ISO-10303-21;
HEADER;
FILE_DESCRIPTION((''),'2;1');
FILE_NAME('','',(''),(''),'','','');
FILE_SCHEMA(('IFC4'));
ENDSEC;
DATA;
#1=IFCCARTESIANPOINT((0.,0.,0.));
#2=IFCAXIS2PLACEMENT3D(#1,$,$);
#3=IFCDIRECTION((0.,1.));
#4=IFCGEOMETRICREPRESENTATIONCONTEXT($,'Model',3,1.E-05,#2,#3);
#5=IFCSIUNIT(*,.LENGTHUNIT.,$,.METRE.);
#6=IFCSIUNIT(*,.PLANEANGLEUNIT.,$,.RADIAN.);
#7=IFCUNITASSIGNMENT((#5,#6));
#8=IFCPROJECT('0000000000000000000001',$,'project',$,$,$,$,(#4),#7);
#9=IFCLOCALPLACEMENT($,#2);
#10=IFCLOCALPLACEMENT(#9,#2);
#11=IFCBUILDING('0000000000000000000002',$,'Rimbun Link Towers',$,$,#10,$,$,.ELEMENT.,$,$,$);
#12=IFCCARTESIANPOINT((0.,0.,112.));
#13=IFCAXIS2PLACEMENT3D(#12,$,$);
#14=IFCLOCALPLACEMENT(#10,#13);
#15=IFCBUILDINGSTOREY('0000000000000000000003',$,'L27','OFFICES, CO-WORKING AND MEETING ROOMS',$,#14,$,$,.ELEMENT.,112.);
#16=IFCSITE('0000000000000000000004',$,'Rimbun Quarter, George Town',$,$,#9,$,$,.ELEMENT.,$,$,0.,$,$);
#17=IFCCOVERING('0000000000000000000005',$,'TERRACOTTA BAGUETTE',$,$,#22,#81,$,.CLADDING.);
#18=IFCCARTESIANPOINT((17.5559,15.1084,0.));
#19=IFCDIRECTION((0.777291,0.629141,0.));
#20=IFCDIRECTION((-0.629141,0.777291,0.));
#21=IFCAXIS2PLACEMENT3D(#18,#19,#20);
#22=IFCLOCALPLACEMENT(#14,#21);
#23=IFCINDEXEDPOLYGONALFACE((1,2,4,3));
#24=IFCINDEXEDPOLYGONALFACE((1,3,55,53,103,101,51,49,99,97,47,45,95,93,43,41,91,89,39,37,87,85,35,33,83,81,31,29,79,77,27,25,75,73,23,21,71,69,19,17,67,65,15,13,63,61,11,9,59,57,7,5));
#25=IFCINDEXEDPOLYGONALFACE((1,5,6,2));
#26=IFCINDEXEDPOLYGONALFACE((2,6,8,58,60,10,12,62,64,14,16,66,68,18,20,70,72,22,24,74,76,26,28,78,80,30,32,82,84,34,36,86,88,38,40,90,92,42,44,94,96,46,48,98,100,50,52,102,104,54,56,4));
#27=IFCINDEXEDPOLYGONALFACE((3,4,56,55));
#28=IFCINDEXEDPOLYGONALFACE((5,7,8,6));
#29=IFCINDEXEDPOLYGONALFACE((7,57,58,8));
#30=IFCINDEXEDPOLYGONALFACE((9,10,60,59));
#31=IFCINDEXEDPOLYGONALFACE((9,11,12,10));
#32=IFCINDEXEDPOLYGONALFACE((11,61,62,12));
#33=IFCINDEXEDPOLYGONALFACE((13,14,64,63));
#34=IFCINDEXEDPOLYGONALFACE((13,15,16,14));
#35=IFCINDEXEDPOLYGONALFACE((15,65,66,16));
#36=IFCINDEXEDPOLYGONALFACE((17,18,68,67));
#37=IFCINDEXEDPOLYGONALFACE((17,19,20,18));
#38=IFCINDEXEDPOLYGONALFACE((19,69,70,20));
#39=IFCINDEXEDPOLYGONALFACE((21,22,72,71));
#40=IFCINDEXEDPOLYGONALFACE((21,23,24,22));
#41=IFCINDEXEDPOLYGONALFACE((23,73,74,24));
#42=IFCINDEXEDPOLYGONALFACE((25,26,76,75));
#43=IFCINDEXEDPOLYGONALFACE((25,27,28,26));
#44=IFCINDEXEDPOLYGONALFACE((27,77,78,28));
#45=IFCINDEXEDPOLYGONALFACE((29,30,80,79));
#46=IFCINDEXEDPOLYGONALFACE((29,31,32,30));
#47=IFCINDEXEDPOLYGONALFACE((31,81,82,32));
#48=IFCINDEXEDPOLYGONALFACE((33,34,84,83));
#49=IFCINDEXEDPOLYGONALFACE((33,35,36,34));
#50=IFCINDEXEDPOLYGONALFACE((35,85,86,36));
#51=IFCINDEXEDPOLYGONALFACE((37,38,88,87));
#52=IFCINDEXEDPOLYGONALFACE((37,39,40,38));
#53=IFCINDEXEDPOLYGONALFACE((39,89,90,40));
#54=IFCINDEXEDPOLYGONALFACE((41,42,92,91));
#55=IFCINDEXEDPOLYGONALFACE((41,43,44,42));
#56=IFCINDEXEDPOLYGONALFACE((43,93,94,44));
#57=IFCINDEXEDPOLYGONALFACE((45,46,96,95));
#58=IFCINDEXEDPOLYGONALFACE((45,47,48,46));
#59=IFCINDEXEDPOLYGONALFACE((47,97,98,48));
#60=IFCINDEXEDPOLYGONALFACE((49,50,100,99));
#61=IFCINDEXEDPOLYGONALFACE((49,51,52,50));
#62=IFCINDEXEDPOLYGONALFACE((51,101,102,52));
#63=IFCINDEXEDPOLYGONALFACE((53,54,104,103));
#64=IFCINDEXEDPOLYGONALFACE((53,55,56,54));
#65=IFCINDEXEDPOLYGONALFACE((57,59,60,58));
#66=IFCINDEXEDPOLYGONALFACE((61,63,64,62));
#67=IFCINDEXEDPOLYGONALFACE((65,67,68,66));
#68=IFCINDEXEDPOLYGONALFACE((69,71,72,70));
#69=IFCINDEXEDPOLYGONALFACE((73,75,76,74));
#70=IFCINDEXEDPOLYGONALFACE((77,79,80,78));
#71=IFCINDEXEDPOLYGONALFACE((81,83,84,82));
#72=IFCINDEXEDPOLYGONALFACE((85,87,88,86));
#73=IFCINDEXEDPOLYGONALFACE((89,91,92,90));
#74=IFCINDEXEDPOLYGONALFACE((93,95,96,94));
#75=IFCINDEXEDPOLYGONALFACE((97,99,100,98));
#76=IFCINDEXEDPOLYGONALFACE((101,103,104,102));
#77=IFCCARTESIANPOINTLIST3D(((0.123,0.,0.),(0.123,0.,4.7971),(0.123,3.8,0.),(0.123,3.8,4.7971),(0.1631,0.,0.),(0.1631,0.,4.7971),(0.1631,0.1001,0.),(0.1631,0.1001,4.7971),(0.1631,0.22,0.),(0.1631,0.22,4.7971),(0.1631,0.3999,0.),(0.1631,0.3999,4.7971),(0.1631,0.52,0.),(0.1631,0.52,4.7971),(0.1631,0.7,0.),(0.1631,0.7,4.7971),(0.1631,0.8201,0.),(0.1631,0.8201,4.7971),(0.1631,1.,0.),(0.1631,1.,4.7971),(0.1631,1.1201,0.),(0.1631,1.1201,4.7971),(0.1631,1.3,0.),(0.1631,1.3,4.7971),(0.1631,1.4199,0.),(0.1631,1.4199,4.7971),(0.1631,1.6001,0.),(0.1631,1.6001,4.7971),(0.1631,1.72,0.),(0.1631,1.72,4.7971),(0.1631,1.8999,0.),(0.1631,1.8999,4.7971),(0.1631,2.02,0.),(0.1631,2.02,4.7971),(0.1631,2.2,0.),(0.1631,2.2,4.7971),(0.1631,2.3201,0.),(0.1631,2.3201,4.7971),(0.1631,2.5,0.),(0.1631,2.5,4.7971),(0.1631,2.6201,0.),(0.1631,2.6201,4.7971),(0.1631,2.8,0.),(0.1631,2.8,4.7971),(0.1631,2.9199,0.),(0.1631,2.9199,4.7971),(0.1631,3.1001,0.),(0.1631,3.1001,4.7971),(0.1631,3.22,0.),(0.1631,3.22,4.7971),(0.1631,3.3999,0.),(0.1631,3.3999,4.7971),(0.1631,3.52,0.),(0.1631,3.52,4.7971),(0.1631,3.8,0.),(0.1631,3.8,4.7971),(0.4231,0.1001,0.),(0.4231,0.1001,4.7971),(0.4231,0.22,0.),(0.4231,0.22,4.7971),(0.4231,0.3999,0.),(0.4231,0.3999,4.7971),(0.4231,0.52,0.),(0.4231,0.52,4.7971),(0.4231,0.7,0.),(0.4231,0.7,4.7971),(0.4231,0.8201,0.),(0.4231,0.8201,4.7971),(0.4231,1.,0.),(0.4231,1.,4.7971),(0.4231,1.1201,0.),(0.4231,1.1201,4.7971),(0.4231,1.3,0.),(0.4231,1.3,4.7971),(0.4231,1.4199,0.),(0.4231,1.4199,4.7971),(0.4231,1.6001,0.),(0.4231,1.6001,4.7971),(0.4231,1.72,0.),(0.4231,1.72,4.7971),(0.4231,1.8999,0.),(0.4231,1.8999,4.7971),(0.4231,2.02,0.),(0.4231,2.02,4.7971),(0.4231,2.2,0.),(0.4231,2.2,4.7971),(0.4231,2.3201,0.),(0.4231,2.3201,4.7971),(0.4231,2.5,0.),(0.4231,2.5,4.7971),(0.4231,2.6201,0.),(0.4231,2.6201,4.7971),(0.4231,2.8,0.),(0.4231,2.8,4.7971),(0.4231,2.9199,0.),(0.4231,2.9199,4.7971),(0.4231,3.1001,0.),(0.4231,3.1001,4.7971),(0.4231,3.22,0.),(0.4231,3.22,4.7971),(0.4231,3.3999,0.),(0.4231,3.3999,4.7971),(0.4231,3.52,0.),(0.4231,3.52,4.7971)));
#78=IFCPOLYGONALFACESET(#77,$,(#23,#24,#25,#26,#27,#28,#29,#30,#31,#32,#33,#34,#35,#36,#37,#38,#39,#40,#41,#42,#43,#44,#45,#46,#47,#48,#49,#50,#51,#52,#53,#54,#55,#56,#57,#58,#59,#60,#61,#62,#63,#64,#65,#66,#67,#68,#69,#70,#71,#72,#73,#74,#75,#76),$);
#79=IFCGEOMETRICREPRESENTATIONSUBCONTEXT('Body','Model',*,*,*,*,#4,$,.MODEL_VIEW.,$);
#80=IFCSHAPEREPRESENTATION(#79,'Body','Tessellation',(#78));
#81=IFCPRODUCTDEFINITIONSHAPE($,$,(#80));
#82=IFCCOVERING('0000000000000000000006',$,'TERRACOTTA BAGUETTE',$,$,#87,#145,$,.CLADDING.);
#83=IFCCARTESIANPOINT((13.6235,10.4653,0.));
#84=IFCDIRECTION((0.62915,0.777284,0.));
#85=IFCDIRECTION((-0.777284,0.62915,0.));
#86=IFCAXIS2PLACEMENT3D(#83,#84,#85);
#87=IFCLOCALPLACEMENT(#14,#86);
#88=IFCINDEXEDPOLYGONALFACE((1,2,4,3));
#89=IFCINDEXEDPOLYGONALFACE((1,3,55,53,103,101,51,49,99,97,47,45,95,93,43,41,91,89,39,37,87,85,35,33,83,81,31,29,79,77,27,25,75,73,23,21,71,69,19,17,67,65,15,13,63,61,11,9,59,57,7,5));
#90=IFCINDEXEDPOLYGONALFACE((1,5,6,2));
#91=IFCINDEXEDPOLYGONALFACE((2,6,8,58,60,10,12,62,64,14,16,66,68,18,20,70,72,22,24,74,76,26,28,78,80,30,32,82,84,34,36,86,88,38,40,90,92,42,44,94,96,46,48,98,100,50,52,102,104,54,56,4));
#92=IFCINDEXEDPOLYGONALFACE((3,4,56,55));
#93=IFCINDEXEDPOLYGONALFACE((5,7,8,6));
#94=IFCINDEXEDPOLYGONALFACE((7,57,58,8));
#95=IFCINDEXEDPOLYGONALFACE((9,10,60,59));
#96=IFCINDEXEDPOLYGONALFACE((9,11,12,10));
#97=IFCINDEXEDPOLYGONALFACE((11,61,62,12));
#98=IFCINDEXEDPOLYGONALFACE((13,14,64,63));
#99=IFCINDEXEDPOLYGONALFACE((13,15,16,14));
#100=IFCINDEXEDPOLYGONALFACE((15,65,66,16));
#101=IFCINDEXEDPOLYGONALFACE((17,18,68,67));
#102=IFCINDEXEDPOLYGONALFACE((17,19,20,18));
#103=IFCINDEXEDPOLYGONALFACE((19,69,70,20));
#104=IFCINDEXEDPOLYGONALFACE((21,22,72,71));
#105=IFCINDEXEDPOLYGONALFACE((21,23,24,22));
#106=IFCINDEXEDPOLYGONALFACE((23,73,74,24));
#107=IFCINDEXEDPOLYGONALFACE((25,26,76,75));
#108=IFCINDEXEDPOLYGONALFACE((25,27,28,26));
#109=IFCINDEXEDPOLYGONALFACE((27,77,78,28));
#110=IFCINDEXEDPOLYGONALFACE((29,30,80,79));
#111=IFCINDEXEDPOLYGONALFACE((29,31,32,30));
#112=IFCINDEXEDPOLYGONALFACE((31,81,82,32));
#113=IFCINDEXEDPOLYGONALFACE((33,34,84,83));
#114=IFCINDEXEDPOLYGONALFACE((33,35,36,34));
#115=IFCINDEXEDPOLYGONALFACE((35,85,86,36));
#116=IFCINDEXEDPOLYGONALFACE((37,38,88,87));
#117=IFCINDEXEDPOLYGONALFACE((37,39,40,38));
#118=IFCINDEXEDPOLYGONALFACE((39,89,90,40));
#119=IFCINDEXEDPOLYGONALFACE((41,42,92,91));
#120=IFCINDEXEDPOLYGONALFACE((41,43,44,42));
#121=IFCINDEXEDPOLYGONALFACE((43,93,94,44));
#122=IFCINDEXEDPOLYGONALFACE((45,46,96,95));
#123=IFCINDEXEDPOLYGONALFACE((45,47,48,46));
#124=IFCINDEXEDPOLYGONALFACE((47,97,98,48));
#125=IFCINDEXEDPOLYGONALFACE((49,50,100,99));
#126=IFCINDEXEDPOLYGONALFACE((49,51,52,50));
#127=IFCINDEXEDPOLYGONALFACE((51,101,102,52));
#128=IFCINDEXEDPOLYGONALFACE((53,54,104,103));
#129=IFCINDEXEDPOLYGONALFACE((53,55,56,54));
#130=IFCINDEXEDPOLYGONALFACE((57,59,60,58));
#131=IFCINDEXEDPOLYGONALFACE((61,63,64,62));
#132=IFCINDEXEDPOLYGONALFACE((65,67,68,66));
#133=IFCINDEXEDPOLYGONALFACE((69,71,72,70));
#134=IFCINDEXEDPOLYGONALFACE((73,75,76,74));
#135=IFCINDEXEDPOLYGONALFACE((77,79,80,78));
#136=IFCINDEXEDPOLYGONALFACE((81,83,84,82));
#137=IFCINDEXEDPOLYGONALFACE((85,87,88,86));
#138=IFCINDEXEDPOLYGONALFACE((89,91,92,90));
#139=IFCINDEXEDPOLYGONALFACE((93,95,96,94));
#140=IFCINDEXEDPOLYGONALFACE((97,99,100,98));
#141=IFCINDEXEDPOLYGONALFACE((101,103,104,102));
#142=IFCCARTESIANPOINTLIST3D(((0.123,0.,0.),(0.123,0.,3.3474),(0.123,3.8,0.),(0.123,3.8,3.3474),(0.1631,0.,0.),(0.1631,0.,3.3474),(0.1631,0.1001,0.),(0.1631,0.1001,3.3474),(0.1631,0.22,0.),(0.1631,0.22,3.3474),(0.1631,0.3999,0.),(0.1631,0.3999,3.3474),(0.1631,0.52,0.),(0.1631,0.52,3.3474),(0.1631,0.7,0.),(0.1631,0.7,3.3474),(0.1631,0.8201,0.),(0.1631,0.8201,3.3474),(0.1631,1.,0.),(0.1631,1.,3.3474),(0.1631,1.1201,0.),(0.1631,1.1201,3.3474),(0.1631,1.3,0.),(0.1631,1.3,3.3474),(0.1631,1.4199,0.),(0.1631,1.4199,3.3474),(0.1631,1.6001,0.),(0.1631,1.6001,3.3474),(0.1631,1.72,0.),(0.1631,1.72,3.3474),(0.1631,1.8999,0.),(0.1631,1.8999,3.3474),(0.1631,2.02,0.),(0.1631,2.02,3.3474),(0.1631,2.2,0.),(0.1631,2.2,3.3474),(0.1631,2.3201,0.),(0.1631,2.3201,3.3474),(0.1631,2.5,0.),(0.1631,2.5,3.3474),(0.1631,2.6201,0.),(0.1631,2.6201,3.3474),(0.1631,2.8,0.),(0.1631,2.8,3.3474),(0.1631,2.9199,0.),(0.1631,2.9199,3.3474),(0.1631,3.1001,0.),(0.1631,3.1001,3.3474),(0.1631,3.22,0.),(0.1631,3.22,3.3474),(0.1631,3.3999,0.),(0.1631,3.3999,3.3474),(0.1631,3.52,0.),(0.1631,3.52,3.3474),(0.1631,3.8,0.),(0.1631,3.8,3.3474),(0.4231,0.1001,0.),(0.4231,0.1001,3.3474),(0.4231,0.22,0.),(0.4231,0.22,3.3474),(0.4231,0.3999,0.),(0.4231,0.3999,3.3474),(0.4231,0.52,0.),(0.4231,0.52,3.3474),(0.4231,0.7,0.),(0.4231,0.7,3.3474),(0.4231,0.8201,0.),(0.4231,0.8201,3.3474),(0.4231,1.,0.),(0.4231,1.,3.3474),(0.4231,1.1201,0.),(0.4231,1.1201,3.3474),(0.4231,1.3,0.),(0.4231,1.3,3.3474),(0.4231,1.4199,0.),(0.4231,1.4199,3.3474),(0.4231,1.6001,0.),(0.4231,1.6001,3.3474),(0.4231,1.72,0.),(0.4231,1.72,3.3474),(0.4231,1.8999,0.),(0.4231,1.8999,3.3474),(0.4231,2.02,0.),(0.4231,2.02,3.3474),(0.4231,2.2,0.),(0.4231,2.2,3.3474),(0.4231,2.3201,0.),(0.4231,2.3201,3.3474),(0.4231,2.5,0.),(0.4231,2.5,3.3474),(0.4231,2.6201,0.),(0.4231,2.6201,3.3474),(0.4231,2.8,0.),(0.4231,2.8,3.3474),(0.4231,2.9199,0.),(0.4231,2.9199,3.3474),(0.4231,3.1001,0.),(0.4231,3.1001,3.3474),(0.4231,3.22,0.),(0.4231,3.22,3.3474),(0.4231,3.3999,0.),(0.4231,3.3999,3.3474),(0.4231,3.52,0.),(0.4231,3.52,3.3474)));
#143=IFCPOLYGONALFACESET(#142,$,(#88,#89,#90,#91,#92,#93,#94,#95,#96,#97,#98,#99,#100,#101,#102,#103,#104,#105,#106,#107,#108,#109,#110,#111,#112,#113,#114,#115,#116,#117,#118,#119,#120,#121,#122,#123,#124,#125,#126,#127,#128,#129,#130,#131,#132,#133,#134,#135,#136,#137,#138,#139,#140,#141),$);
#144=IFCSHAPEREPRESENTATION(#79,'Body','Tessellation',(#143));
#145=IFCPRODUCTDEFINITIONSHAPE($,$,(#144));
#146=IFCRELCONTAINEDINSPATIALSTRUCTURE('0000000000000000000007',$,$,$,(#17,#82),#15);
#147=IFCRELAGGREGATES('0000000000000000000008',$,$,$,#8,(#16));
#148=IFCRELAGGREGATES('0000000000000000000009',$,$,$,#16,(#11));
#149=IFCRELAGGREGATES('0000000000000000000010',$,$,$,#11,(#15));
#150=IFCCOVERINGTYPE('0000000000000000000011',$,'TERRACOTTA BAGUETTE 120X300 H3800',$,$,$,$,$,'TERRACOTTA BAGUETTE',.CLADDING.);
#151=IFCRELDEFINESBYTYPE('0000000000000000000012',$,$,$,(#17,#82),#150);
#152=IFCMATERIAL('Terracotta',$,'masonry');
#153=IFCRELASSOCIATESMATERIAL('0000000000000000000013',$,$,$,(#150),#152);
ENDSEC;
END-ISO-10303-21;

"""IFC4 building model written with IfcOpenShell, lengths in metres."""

from ifc_helpers import new_model, si_unit, direction, frame, origin, place, context, subcontext, project, spatial, polyline, outline, extrude, material, material_profile, profile_set, type_object, element, save


model = new_model("IFC4")

# Units and contexts
model_context = context("Model", 3, precision=1e-05, world=origin(), true_north=direction((0.0, 1.0)))
body_context = subcontext(model_context, "Body", "Model", "MODEL_VIEW")
ifc_project = project(units=[si_unit("LENGTHUNIT", "METRE"), si_unit("PLANEANGLEUNIT", "RADIAN")], contexts=[model_context])

# Site, building, storey
site_placement = place(None, origin())
site = spatial("IfcSite", under=ifc_project, at=site_placement, Name="Rimbun Quarter, George Town", CompositionType="ELEMENT", RefElevation=0.0)
building_placement = place(site_placement, origin())
building = spatial("IfcBuilding", under=site, at=building_placement, Name="Rimbun Link Towers", CompositionType="ELEMENT")
storey_placement = place(building_placement, frame((0.0, 0.0, 112.0)))
storey = spatial("IfcBuildingStorey", under=building, at=storey_placement, Name="L27", Description="OFFICES, CO-WORKING AND MEETING ROOMS", CompositionType="ELEMENT", Elevation=112.0)

# Coverings
ifc_material_1 = material(Name="Terracotta", Category="masonry")
ifc_material_profile_1 = material_profile(ifc_material_1, outline(polyline([(0.123, 0.0), (0.1631, 0.0), (0.1631, 0.1001), (0.4231, 0.1001), (0.4231, 0.22), (0.1631, 0.22), (0.1631, 0.3999), (0.4231, 0.3999), (0.4231, 0.52), (0.1631, 0.52), (0.1631, 0.7), (0.4231, 0.7), (0.4231, 0.8201), (0.1631, 0.8201), (0.1631, 1.0), (0.4231, 1.0), (0.4231, 1.1201), (0.1631, 1.1201), (0.1631, 1.3), (0.4231, 1.3), (0.4231, 1.4199), (0.1631, 1.4199), (0.1631, 1.6001), (0.4231, 1.6001), (0.4231, 1.72), (0.1631, 1.72), (0.1631, 1.8999), (0.4231, 1.8999), (0.4231, 2.02), (0.1631, 2.02), (0.1631, 2.2), (0.4231, 2.2), (0.4231, 2.3201), (0.1631, 2.3201), (0.1631, 2.5), (0.4231, 2.5), (0.4231, 2.6201), (0.1631, 2.6201), (0.1631, 2.8), (0.4231, 2.8), (0.4231, 2.9199), (0.1631, 2.9199), (0.1631, 3.1001), (0.4231, 3.1001), (0.4231, 3.22), (0.1631, 3.22), (0.1631, 3.3999), (0.4231, 3.3999), (0.4231, 3.52), (0.1631, 3.52), (0.1631, 3.8), (0.123, 3.8), (0.123, 0.0)])), Name="BAGUETTE 120X300")
ifc_profile_set_1 = profile_set([ifc_material_profile_1], Name="Terracotta")
covering_type = type_object("IfcCoveringType", Name="TERRACOTTA BAGUETTE 120X300 H3800", ElementType="TERRACOTTA BAGUETTE", PredefinedType="CLADDING", material=ifc_profile_set_1)
covering_1_placement = place(storey_placement, frame((17.5559, 15.1084, 0.0), z_axis=(0.777291, 0.629141, 0.0), x_axis=(-0.629141, 0.777291, 0.0)))
element("IfcCovering", 1, at=covering_1_placement, inside=storey, type_object=covering_type, Name="TERRACOTTA BAGUETTE", PredefinedType="CLADDING", context=body_context, shape_type="SweptSolid", body=[
    extrude(outline(polyline([(0.123, 0.0), (0.1631, 0.0), (0.1631, 0.1001), (0.4231, 0.1001), (0.4231, 0.22), (0.1631, 0.22), (0.1631, 0.3999), (0.4231, 0.3999), (0.4231, 0.52), (0.1631, 0.52), (0.1631, 0.7), (0.4231, 0.7), (0.4231, 0.8201), (0.1631, 0.8201), (0.1631, 1.0), (0.4231, 1.0), (0.4231, 1.1201), (0.1631, 1.1201), (0.1631, 1.3), (0.4231, 1.3), (0.4231, 1.4199), (0.1631, 1.4199), (0.1631, 1.6001), (0.4231, 1.6001), (0.4231, 1.72), (0.1631, 1.72), (0.1631, 1.8999), (0.4231, 1.8999), (0.4231, 2.02), (0.1631, 2.02), (0.1631, 2.2), (0.4231, 2.2), (0.4231, 2.3201), (0.1631, 2.3201), (0.1631, 2.5), (0.4231, 2.5), (0.4231, 2.6201), (0.1631, 2.6201), (0.1631, 2.8), (0.4231, 2.8), (0.4231, 2.9199), (0.1631, 2.9199), (0.1631, 3.1001), (0.4231, 3.1001), (0.4231, 3.22), (0.1631, 3.22), (0.1631, 3.3999), (0.4231, 3.3999), (0.4231, 3.52), (0.1631, 3.52), (0.1631, 3.8), (0.123, 3.8), (0.123, 0.0)])), origin(), (0.0, 0.0, 1.0), 4.7971),
])
covering_2_placement = place(storey_placement, frame((13.6235, 10.4653, 0.0), z_axis=(0.62915, 0.777284, 0.0), x_axis=(-0.777284, 0.62915, 0.0)))
element("IfcCovering", 2, at=covering_2_placement, inside=storey, type_object=covering_type, Name="TERRACOTTA BAGUETTE", PredefinedType="CLADDING", context=body_context, shape_type="SweptSolid", body=[
    extrude(outline(polyline([(0.123, 0.0), (0.1631, 0.0), (0.1631, 0.1001), (0.4231, 0.1001), (0.4231, 0.22), (0.1631, 0.22), (0.1631, 0.3999), (0.4231, 0.3999), (0.4231, 0.52), (0.1631, 0.52), (0.1631, 0.7), (0.4231, 0.7), (0.4231, 0.8201), (0.1631, 0.8201), (0.1631, 1.0), (0.4231, 1.0), (0.4231, 1.1201), (0.1631, 1.1201), (0.1631, 1.3), (0.4231, 1.3), (0.4231, 1.4199), (0.1631, 1.4199), (0.1631, 1.6001), (0.4231, 1.6001), (0.4231, 1.72), (0.1631, 1.72), (0.1631, 1.8999), (0.4231, 1.8999), (0.4231, 2.02), (0.1631, 2.02), (0.1631, 2.2), (0.4231, 2.2), (0.4231, 2.3201), (0.1631, 2.3201), (0.1631, 2.5), (0.4231, 2.5), (0.4231, 2.6201), (0.1631, 2.6201), (0.1631, 2.8), (0.4231, 2.8), (0.4231, 2.9199), (0.1631, 2.9199), (0.1631, 3.1001), (0.4231, 3.1001), (0.4231, 3.22), (0.1631, 3.22), (0.1631, 3.3999), (0.4231, 3.3999), (0.4231, 3.52), (0.1631, 3.52), (0.1631, 3.8), (0.123, 3.8), (0.123, 0.0)])), origin(), (0.0, 0.0, 1.0), 3.3474),
])

save(model, "model.ifc")
